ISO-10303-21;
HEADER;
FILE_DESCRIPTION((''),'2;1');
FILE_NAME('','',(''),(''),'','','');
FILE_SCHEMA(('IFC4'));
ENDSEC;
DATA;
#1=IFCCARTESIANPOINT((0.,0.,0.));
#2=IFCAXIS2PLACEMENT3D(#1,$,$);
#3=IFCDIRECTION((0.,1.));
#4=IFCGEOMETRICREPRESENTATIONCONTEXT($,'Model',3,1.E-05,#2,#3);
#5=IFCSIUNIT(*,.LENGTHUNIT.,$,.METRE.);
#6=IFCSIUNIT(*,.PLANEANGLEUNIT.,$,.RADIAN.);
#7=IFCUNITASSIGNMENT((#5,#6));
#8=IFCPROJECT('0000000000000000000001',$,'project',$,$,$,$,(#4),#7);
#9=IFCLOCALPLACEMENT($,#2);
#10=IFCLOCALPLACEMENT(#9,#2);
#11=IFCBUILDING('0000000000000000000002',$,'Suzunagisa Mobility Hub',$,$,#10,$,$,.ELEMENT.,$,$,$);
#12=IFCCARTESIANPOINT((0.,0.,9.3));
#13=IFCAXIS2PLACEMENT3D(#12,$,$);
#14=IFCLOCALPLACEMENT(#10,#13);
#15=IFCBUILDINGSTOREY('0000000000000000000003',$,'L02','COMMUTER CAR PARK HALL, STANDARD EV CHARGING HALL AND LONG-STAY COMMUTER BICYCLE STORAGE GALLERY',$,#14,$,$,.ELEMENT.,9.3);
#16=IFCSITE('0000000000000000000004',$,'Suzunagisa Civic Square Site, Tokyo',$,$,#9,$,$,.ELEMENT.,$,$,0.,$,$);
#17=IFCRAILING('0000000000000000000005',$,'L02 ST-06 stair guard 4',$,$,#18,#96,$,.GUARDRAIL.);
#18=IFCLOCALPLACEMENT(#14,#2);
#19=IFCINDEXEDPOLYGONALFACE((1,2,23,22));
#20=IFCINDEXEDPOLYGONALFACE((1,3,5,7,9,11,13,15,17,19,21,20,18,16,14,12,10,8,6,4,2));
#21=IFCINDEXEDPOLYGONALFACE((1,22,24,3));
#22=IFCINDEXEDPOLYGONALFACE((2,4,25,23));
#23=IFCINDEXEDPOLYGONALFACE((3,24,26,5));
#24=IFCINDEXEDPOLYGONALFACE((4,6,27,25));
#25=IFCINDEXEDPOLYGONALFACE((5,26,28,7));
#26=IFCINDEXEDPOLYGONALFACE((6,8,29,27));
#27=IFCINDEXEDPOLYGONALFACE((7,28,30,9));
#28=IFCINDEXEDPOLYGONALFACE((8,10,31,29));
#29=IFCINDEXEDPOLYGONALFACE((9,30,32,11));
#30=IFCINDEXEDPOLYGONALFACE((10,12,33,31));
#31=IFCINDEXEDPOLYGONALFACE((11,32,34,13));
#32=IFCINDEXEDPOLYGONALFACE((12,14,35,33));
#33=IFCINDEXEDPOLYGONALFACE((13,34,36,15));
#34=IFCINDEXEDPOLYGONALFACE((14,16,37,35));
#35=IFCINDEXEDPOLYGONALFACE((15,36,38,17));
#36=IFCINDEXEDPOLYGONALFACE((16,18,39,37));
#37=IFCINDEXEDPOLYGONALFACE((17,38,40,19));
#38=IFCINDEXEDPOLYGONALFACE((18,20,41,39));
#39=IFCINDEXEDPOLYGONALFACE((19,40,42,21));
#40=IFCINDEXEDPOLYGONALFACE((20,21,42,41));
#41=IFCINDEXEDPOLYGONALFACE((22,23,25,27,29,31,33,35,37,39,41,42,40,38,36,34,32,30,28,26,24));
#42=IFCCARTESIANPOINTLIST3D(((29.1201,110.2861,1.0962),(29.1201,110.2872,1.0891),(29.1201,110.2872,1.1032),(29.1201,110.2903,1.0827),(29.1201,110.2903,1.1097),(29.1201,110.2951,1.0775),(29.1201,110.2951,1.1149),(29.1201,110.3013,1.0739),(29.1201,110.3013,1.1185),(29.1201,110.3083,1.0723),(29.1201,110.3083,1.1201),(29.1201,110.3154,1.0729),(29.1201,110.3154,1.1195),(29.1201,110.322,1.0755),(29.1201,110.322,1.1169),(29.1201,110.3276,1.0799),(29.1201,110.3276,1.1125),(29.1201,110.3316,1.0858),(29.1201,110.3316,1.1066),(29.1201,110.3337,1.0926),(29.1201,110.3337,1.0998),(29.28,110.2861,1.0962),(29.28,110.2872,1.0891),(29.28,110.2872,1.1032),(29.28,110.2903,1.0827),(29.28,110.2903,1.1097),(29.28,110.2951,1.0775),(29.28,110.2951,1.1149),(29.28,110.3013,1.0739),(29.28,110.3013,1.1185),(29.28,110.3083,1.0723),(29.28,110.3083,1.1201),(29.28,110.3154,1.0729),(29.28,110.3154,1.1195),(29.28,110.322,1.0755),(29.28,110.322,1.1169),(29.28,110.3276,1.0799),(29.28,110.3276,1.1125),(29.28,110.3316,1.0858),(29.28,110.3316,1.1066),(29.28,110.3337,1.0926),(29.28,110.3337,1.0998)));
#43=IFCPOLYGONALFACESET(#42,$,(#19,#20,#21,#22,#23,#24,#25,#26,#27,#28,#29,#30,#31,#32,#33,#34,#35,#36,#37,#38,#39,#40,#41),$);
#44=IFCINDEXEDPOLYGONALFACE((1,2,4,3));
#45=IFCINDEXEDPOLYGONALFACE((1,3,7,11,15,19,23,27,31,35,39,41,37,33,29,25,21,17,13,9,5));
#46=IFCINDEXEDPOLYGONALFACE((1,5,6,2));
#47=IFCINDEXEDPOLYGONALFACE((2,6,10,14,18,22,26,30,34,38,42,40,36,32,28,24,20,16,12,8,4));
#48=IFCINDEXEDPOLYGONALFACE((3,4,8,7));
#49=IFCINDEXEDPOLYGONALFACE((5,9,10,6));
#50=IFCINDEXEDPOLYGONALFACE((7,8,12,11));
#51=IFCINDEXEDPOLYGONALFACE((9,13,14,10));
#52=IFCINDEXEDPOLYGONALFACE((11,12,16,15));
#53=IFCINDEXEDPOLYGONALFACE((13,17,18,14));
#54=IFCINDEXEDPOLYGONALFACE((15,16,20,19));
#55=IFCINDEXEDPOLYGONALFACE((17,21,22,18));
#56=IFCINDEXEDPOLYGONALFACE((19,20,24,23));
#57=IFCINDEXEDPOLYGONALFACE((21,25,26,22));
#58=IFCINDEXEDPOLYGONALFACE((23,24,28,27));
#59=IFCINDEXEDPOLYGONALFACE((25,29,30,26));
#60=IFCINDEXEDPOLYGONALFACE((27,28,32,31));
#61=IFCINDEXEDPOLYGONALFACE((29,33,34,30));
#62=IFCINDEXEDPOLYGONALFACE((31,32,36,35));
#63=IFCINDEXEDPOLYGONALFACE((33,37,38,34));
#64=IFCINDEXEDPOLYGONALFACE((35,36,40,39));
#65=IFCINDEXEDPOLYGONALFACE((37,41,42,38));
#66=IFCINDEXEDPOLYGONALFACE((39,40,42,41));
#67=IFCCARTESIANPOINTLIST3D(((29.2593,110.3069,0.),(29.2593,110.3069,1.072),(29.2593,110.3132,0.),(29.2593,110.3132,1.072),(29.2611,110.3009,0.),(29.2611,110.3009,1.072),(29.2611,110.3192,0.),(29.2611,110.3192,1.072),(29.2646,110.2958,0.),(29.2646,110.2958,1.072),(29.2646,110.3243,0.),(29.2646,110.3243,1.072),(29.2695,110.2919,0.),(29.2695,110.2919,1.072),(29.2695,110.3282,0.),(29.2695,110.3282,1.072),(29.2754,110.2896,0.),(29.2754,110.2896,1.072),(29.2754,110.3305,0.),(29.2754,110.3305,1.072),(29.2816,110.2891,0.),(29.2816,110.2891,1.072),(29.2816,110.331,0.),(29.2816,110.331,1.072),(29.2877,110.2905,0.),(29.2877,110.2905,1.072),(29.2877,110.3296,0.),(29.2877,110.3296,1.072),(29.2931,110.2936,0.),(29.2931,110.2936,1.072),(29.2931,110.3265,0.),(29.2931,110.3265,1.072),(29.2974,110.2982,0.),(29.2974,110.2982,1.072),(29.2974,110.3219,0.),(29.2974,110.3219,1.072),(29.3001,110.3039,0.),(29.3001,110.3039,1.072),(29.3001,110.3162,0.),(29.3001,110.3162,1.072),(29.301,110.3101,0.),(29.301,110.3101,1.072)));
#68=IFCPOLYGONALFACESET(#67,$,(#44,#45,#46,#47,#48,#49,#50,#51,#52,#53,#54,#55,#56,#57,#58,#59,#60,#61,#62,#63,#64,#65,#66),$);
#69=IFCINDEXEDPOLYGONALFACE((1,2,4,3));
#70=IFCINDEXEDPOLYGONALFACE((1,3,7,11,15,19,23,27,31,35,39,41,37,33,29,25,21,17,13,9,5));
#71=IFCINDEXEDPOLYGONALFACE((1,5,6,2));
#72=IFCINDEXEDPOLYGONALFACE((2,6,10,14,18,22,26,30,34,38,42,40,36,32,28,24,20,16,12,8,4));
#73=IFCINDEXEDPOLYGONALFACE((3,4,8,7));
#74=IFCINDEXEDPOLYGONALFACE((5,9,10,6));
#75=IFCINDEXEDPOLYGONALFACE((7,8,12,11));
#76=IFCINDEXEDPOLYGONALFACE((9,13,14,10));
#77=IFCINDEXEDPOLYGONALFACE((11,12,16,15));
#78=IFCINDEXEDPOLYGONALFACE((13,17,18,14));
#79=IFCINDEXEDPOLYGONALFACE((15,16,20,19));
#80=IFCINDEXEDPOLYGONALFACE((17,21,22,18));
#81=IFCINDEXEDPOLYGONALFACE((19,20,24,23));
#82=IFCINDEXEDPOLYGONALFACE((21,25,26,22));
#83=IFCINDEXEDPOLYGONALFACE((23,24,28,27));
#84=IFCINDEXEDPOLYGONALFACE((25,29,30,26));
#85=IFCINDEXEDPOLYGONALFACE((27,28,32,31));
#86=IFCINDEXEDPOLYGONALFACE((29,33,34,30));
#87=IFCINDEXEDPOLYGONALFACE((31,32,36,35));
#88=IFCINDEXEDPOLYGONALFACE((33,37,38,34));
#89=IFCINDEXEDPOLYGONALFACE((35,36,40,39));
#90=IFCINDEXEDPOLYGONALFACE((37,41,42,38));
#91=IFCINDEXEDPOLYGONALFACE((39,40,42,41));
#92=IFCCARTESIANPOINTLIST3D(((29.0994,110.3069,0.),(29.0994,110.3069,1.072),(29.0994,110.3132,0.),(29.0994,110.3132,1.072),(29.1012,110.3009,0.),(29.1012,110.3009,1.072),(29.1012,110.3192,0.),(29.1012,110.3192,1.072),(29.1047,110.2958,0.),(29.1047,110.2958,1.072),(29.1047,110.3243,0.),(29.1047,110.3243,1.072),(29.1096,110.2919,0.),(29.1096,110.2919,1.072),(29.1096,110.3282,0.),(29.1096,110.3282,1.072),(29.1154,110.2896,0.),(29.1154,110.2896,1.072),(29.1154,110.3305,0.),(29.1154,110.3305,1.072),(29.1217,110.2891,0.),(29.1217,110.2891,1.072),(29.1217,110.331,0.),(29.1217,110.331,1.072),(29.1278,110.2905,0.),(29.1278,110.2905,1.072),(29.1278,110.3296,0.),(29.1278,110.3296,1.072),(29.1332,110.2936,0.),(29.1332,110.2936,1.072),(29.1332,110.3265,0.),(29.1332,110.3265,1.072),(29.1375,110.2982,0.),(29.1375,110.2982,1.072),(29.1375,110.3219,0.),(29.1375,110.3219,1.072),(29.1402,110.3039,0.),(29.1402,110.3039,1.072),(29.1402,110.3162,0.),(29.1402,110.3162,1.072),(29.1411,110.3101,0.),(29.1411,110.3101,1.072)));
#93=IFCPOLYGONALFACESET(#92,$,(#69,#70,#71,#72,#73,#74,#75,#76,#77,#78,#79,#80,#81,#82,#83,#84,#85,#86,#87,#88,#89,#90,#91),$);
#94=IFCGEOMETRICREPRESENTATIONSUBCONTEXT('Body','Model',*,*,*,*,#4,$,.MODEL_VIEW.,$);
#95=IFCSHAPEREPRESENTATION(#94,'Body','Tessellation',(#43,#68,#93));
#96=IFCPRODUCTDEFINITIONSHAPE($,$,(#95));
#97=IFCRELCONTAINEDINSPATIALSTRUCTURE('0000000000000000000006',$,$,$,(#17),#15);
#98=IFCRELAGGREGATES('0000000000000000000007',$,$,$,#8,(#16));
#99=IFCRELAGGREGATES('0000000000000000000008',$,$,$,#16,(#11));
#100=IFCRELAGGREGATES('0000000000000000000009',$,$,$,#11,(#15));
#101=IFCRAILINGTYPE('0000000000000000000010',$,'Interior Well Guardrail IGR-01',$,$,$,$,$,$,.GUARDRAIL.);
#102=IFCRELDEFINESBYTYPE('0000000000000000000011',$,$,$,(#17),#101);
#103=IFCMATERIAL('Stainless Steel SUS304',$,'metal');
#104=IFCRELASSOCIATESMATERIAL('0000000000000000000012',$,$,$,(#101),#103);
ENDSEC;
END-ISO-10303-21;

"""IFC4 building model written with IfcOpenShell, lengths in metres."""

from ifc_helpers import new_model, si_unit, direction, frame, origin, origin_2d, place, context, subcontext, project, spatial, circle, extrude, material, type_object, element, save


model = new_model("IFC4")

# Units and contexts
model_context = context("Model", 3, precision=1e-05, world=origin(), true_north=direction((0.0, 1.0)))
body_context = subcontext(model_context, "Body", "Model", "MODEL_VIEW")
ifc_project = project(units=[si_unit("LENGTHUNIT", "METRE"), si_unit("PLANEANGLEUNIT", "RADIAN")], contexts=[model_context])

# Site, building, storey
site_placement = place(None, origin())
site = spatial("IfcSite", under=ifc_project, at=site_placement, Name="Suzunagisa Civic Square Site, Tokyo", CompositionType="ELEMENT", RefElevation=0.0)
building_placement = place(site_placement, origin())
building = spatial("IfcBuilding", under=site, at=building_placement, Name="Suzunagisa Mobility Hub", CompositionType="ELEMENT")
storey_placement = place(building_placement, frame((0.0, 0.0, 9.3)))
storey = spatial("IfcBuildingStorey", under=building, at=storey_placement, Name="L02", Description="COMMUTER CAR PARK HALL, STANDARD EV CHARGING HALL AND LONG-STAY COMMUTER BICYCLE STORAGE GALLERY", CompositionType="ELEMENT", Elevation=9.3)

# Railing
ifc_material_1 = material(Name="Stainless Steel SUS304", Category="metal")
railing_type_1 = type_object("IfcRailingType", Name="Interior Well Guardrail IGR-01", PredefinedType="GUARDRAIL", material=ifc_material_1)
railing_1_placement = place(storey_placement, frame((29.28, 110.3101, 0.0)))
element("IfcRailing", 1, at=railing_1_placement, inside=storey, type_object=railing_type_1, Name="L02 ST-06 stair guard 4", PredefinedType="GUARDRAIL", context=body_context, shape_type="SweptSolid", body=[
    extrude(circle(Radius=0.0239, at=origin_2d()), frame((0.0, 0.0, 1.0962), z_axis=(-1.0, 0.0, 0.0), x_axis=(0.0, -1.0, 0.0)), (0.0, 0.0, 1.0), 0.1599),
    extrude(circle(Radius=0.021, at=origin_2d()), origin(), (0.0, 0.0, 1.0), 1.072),
    extrude(circle(Radius=0.021, at=origin_2d()), frame((-0.1599, 0.0, 0.0)), (0.0, 0.0, 1.0), 1.072),
])

save(model, "model.ifc")
